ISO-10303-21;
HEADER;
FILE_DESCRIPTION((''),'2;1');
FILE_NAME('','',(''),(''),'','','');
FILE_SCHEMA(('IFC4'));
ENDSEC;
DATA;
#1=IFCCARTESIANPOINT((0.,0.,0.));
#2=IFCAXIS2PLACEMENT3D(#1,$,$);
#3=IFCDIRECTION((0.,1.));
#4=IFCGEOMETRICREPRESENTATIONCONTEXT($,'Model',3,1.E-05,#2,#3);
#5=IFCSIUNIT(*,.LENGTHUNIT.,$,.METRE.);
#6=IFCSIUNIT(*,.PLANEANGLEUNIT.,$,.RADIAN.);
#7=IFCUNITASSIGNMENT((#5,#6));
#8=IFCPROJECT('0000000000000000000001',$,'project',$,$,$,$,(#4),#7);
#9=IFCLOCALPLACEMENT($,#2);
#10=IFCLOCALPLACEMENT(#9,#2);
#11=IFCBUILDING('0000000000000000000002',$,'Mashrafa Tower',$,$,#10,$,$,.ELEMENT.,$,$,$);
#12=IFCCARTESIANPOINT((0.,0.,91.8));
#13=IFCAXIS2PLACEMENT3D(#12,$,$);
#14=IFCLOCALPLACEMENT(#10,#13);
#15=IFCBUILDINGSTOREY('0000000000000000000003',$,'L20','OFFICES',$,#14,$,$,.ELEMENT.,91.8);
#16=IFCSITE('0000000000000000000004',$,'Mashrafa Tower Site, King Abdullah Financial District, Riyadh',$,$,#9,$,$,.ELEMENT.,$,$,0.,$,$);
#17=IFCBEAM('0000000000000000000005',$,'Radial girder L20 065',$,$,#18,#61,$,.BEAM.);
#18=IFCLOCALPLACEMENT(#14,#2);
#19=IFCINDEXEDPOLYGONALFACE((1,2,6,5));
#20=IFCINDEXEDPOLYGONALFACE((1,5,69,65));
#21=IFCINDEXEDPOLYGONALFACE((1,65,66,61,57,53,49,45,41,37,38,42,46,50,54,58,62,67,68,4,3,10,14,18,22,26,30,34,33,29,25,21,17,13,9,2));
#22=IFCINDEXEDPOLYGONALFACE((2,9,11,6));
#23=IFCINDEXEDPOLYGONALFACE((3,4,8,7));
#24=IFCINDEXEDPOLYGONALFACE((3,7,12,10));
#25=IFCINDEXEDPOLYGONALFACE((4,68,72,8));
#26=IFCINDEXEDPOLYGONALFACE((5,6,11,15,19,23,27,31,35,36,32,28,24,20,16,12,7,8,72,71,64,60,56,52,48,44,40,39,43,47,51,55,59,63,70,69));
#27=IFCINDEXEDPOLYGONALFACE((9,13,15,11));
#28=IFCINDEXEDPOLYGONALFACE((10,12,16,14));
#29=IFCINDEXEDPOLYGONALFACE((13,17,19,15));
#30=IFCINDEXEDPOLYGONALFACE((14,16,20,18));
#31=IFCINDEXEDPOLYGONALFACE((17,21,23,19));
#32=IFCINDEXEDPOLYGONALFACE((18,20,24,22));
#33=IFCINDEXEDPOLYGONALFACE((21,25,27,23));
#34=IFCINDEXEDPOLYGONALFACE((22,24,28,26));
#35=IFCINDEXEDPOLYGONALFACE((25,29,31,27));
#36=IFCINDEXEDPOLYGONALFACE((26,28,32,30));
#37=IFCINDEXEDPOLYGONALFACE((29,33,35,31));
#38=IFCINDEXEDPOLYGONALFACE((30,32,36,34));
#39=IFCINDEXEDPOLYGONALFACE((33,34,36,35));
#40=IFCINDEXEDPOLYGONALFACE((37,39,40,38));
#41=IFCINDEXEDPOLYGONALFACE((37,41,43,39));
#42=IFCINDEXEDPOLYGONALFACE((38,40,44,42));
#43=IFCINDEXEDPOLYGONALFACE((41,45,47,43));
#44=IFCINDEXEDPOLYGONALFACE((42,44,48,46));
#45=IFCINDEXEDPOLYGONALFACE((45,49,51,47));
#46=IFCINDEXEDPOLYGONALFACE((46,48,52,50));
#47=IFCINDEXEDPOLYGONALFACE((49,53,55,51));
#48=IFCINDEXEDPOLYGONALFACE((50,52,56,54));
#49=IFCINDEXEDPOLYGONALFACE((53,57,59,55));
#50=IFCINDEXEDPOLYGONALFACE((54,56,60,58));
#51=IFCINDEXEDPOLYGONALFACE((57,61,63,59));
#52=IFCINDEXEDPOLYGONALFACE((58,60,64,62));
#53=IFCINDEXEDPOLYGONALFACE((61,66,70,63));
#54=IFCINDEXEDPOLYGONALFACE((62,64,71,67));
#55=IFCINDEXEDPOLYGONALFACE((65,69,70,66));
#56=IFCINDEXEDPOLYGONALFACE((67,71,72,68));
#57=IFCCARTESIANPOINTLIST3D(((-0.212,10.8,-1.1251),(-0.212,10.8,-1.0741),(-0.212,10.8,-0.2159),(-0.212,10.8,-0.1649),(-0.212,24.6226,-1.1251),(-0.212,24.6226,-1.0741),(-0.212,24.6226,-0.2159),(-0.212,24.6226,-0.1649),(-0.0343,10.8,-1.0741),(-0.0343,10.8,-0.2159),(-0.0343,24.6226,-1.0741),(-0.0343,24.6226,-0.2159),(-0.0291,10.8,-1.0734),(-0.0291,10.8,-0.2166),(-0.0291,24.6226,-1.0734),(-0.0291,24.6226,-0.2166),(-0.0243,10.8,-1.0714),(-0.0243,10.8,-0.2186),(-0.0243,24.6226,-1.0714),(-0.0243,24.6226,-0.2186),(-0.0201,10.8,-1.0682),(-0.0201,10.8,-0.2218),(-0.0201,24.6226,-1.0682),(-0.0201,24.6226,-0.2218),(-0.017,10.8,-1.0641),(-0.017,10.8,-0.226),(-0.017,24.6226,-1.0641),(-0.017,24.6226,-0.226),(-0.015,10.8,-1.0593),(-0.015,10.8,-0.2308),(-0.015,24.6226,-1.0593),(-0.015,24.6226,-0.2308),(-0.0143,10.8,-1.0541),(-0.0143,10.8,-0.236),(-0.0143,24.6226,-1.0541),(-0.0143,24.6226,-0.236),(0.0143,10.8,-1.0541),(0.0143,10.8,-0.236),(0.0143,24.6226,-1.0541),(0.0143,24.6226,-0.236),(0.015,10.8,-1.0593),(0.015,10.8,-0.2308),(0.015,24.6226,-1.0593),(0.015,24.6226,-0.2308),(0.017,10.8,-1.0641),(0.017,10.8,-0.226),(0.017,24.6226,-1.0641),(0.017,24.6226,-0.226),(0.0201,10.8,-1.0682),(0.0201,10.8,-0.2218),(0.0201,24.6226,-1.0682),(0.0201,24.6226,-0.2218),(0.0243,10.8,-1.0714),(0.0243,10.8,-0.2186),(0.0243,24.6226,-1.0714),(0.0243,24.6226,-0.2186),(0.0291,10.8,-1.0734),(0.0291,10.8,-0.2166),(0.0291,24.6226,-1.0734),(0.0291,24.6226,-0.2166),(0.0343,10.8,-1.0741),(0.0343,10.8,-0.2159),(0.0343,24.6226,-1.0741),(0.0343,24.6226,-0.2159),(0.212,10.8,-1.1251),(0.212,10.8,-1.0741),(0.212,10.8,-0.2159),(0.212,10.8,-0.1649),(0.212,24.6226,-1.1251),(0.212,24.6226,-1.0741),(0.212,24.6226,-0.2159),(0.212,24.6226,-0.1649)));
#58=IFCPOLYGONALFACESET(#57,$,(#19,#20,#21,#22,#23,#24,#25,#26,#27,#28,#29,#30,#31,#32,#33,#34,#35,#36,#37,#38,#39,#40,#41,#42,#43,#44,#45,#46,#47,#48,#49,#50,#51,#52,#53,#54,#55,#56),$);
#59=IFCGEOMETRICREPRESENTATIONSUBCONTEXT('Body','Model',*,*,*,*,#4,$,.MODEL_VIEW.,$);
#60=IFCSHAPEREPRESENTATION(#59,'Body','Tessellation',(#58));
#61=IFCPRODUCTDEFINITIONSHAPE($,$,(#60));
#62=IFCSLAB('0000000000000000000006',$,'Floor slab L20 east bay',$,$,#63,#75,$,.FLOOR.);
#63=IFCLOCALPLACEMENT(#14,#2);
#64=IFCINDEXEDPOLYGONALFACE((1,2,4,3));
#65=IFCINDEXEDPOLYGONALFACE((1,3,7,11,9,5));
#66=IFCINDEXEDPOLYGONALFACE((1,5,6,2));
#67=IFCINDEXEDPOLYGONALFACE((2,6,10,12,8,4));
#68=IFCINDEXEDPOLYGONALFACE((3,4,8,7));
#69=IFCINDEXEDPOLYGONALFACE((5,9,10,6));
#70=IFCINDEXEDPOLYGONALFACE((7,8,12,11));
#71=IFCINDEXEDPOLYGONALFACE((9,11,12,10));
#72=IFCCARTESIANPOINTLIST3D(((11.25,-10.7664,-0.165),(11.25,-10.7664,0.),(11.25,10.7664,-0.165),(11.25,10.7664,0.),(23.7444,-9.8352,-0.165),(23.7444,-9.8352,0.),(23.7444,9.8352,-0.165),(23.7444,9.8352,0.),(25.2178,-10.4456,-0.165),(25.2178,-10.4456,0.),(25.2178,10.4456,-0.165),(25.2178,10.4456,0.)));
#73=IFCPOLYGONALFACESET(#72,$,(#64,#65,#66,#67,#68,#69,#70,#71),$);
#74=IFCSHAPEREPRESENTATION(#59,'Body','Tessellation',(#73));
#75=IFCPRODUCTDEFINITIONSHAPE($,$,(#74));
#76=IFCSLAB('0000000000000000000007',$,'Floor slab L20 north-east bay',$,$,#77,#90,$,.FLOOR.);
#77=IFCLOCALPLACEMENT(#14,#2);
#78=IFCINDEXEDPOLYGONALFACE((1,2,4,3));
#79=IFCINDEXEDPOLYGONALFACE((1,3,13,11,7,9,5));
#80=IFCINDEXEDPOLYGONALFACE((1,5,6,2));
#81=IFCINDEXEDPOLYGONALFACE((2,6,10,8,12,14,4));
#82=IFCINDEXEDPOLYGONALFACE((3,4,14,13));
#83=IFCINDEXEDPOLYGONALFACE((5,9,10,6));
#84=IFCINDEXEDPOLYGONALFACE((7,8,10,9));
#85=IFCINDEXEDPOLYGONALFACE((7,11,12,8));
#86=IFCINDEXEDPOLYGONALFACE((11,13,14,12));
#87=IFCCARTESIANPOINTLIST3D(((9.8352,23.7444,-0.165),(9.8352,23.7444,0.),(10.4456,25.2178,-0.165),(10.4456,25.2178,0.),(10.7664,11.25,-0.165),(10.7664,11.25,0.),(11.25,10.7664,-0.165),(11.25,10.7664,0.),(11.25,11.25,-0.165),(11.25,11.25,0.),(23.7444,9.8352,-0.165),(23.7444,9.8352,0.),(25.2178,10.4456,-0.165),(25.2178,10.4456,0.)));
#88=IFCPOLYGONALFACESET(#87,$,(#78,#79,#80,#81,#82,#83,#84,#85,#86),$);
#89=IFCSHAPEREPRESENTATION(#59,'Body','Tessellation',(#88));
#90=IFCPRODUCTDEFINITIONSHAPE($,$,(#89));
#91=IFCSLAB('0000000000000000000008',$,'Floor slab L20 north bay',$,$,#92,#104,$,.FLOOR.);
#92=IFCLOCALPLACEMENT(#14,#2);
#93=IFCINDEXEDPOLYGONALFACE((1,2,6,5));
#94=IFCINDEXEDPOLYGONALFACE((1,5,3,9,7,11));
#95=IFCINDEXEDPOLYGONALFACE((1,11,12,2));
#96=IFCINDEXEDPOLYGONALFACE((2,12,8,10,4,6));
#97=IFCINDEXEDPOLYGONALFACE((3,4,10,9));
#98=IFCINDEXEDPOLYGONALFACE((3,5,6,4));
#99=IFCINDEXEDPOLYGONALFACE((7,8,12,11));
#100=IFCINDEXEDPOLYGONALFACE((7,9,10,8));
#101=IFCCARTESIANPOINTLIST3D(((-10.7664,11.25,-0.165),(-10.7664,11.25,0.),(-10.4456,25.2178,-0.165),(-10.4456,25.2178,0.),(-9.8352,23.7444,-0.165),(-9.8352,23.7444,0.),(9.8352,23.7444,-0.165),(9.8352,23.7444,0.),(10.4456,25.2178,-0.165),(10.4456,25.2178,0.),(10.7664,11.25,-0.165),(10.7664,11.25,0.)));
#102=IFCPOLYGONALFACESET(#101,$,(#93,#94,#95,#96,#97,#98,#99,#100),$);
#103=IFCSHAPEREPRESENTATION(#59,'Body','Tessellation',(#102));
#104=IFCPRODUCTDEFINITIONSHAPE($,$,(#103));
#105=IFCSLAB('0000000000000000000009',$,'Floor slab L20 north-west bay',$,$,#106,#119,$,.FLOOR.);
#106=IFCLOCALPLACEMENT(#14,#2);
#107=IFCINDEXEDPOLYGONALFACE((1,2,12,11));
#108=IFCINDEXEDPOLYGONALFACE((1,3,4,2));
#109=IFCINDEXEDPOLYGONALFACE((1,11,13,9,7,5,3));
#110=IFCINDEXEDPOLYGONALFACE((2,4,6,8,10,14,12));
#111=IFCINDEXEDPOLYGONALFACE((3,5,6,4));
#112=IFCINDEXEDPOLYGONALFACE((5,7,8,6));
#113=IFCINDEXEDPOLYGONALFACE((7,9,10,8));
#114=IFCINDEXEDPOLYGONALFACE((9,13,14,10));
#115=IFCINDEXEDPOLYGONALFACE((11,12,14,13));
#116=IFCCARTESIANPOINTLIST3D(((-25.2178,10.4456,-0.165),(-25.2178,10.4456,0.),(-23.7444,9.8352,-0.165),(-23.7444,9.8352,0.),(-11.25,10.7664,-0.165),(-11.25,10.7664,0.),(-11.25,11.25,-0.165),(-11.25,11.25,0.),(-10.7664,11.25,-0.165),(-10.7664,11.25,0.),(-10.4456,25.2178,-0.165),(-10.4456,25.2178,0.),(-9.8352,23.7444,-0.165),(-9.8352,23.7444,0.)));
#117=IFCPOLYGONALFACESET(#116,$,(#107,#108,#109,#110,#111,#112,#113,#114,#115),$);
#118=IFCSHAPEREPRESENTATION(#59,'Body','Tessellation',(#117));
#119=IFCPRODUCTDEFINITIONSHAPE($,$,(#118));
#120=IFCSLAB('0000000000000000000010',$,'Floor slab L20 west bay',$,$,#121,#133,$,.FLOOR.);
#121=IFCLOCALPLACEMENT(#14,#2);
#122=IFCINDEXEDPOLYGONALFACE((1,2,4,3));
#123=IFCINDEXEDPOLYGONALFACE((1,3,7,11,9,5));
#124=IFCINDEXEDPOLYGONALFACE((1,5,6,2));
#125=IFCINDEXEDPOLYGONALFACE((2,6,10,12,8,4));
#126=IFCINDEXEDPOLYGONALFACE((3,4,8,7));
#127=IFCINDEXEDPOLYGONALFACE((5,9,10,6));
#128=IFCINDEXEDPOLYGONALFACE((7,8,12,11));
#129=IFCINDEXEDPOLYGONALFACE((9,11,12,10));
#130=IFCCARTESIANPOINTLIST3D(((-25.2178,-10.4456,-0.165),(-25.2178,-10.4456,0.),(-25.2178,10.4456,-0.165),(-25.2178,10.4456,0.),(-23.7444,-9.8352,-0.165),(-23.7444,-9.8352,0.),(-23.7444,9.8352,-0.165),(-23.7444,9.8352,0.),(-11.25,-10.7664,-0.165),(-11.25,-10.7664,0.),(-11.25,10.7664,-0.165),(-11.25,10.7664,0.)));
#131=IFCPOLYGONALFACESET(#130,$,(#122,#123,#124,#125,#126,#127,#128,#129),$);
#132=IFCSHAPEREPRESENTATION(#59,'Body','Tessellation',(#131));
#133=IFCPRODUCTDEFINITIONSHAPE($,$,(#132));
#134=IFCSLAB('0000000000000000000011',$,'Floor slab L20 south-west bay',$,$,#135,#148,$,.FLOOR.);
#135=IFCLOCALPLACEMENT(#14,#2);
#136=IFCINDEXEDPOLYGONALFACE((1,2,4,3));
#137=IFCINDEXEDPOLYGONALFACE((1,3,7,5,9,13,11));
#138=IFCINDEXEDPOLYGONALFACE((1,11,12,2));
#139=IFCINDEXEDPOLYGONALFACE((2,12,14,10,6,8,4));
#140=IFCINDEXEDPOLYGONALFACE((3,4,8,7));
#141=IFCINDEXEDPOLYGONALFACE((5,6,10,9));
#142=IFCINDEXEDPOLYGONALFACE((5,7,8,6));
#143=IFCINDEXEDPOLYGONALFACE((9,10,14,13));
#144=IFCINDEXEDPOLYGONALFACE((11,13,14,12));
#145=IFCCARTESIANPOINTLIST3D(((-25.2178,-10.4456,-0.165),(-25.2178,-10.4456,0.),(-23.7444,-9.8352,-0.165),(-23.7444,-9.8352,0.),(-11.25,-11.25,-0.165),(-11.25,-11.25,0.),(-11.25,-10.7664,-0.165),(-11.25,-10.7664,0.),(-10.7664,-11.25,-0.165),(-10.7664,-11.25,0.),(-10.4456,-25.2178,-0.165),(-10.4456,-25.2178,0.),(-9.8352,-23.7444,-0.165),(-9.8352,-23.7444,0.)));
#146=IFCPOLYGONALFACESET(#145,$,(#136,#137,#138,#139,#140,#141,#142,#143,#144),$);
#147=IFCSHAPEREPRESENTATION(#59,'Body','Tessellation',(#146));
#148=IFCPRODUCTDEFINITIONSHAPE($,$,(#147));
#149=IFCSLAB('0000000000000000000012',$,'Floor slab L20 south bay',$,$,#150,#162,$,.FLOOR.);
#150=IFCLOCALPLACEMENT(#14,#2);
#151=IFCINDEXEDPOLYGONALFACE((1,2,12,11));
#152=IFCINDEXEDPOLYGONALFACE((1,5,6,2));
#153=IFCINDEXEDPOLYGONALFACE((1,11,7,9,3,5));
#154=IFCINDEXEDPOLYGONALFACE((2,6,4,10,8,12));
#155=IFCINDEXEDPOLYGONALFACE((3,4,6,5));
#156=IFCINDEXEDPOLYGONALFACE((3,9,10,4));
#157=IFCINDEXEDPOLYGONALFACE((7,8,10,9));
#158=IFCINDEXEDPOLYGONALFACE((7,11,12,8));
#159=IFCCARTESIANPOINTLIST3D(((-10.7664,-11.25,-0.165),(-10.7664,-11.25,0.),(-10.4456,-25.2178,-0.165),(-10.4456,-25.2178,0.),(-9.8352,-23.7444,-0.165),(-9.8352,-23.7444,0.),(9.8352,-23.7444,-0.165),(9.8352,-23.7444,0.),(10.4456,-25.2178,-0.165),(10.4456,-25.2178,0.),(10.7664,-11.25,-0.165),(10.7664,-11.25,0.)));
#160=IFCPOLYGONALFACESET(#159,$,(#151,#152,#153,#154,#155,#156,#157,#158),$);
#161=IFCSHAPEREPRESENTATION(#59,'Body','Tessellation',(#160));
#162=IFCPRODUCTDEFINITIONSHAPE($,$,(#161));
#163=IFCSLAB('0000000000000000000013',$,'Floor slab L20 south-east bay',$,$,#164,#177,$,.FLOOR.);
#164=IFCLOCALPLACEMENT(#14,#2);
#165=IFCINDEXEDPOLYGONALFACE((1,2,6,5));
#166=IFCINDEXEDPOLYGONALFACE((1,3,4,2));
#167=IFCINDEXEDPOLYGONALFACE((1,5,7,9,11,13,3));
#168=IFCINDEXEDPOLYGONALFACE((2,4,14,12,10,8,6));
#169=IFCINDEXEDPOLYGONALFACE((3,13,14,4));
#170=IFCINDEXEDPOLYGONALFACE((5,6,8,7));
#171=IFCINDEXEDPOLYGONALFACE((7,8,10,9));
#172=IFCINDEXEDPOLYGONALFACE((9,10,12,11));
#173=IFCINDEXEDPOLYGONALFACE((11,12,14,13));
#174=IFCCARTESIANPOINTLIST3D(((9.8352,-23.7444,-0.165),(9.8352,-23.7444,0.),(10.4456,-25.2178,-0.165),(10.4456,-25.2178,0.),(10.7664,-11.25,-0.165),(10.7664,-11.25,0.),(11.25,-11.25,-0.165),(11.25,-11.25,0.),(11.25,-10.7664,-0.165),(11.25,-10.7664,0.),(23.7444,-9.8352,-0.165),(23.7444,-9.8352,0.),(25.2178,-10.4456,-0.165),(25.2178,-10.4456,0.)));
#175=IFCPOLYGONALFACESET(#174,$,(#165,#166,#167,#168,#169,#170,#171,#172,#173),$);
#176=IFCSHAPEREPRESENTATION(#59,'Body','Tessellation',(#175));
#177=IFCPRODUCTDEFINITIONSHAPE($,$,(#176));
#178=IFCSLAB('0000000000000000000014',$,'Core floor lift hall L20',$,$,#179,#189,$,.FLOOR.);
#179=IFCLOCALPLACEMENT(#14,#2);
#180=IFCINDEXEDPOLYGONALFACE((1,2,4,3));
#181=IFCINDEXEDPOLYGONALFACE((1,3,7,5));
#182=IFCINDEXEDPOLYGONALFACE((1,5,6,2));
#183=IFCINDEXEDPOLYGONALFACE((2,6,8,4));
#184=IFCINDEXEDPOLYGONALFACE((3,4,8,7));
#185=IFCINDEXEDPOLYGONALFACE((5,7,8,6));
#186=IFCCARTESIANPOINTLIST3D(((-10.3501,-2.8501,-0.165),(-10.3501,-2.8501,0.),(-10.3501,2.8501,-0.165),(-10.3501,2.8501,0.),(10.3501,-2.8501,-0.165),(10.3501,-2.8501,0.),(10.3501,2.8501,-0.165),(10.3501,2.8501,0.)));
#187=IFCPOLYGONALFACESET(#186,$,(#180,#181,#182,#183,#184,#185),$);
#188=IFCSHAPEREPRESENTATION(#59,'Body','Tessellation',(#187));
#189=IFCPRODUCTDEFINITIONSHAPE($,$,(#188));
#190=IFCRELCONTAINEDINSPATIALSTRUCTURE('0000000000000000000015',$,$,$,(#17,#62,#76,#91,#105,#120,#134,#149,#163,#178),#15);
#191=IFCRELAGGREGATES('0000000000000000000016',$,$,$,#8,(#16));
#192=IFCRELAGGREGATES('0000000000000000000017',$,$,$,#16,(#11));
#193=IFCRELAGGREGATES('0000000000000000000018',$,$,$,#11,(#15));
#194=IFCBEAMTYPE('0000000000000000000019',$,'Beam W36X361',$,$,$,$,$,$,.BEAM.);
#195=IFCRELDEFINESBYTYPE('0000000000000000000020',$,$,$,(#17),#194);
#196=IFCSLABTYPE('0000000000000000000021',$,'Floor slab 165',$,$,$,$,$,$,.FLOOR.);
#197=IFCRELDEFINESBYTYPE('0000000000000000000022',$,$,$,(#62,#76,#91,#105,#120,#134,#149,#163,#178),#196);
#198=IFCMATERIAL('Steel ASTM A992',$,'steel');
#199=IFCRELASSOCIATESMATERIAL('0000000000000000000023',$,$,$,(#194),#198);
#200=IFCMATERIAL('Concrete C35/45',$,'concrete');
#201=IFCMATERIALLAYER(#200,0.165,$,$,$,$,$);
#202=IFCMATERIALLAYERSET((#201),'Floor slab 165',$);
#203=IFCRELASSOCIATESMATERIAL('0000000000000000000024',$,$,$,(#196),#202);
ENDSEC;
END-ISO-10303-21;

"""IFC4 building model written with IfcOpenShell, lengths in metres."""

from ifc_helpers import new_model, si_unit, direction, frame, origin, origin_2d, place, context, subcontext, project, spatial, polyline, i_section, outline, extrude, material, layer, layer_set, material_profile, profile_set, type_object, element, save


model = new_model("IFC4")

# Units and contexts
model_context = context("Model", 3, precision=1e-05, world=origin(), true_north=direction((0.0, 1.0)))
body_context = subcontext(model_context, "Body", "Model", "MODEL_VIEW")
ifc_project = project(units=[si_unit("LENGTHUNIT", "METRE"), si_unit("PLANEANGLEUNIT", "RADIAN")], contexts=[model_context])

# Site, building, storey
site_placement = place(None, origin())
site = spatial("IfcSite", under=ifc_project, at=site_placement, Name="Mashrafa Tower Site, King Abdullah Financial District, Riyadh", CompositionType="ELEMENT", RefElevation=0.0)
building_placement = place(site_placement, origin())
building = spatial("IfcBuilding", under=site, at=building_placement, Name="Mashrafa Tower", CompositionType="ELEMENT")
storey_placement = place(building_placement, frame((0.0, 0.0, 91.8)))
storey = spatial("IfcBuildingStorey", under=building, at=storey_placement, Name="L20", Description="OFFICES", CompositionType="ELEMENT", Elevation=91.8)

# Beam
ifc_material_1 = material(Name="Steel ASTM A992", Category="steel")
ifc_material_profile = material_profile(ifc_material_1, i_section(OverallWidth=0.4241, OverallDepth=0.9602, WebThickness=0.0286, FlangeThickness=0.051, FilletRadius=0.02, at=origin_2d()), Name="W36X361")
ifc_profile_set = profile_set([ifc_material_profile], Name="Steel ASTM A992")
beam_type = type_object("IfcBeamType", Name="Beam W36X361", PredefinedType="BEAM", material=ifc_profile_set)
beam_placement = place(storey_placement, frame((0.0, 10.8, -0.645), z_axis=(0.0, 1.0, 0.0), x_axis=(-1.0, 0.0, 0.0)))
element("IfcBeam", 1, at=beam_placement, inside=storey, type_object=beam_type, Name="Radial girder L20 065", PredefinedType="BEAM", context=body_context, shape_type="SweptSolid", body=[
    extrude(i_section(OverallWidth=0.4241, OverallDepth=0.9602, WebThickness=0.0286, FlangeThickness=0.051, FilletRadius=0.02, at=origin_2d()), origin(), (0.0, 0.0, 1.0), 13.8225),
])

# Slabs
ifc_material_2 = material(Name="Concrete C35/45", Category="concrete")
ifc_layer_1 = layer(ifc_material_2, 0.165)
ifc_layer_set_1 = layer_set([ifc_layer_1], Name="Floor slab 165")
slab_type = type_object("IfcSlabType", Name="Floor slab 165", PredefinedType="FLOOR", material=ifc_layer_set_1)
slab_1_placement = place(storey_placement, frame((0.0, 0.0, -0.165)))
element("IfcSlab", 2, at=slab_1_placement, inside=storey, type_object=slab_type, Name="Floor slab L20 east bay", PredefinedType="FLOOR", context=body_context, shape_type="SweptSolid", body=[
    extrude(outline(polyline([(25.2178, -10.4456), (23.7444, -9.8352), (11.25, -10.7664), (11.25, 10.7664), (23.7444, 9.8352), (25.2178, 10.4456), (25.2178, -10.4456)])), origin(), (0.0, 0.0, 1.0), 0.165),
])
slab_2_placement = place(storey_placement, frame((0.0, 0.0, -0.165)))
element("IfcSlab", 3, at=slab_2_placement, inside=storey, type_object=slab_type, Name="Floor slab L20 north-east bay", PredefinedType="FLOOR", context=body_context, shape_type="SweptSolid", body=[
    extrude(outline(polyline([(10.4456, 25.2178), (25.2178, 10.4456), (25.2178, 10.4456), (23.7444, 9.8352), (11.25, 10.7664), (11.25, 11.25), (10.7664, 11.25), (9.8352, 23.7444), (10.4456, 25.2178), (10.4456, 25.2178)])), origin(), (0.0, 0.0, 1.0), 0.165),
])
slab_3_placement = place(storey_placement, frame((0.0, 0.0, -0.165)))
element("IfcSlab", 4, at=slab_3_placement, inside=storey, type_object=slab_type, Name="Floor slab L20 north bay", PredefinedType="FLOOR", context=body_context, shape_type="SweptSolid", body=[
    extrude(outline(polyline([(10.4456, 25.2178), (9.8352, 23.7444), (10.7664, 11.25), (-10.7664, 11.25), (-9.8352, 23.7444), (-10.4456, 25.2178), (10.4456, 25.2178)])), origin(), (0.0, 0.0, 1.0), 0.165),
])
slab_4_placement = place(storey_placement, frame((0.0, 0.0, -0.165)))
element("IfcSlab", 5, at=slab_4_placement, inside=storey, type_object=slab_type, Name="Floor slab L20 north-west bay", PredefinedType="FLOOR", context=body_context, shape_type="SweptSolid", body=[
    extrude(outline(polyline([(-25.2178, 10.4456), (-10.4456, 25.2178), (-10.4456, 25.2178), (-9.8352, 23.7444), (-10.7664, 11.25), (-11.25, 11.25), (-11.25, 10.7664), (-23.7444, 9.8352), (-25.2178, 10.4456), (-25.2178, 10.4456)])), origin(), (0.0, 0.0, 1.0), 0.165),
])
slab_5_placement = place(storey_placement, frame((0.0, 0.0, -0.165)))
element("IfcSlab", 6, at=slab_5_placement, inside=storey, type_object=slab_type, Name="Floor slab L20 west bay", PredefinedType="FLOOR", context=body_context, shape_type="SweptSolid", body=[
    extrude(outline(polyline([(-25.2178, 10.4456), (-23.7444, 9.8352), (-11.25, 10.7664), (-11.25, -10.7664), (-23.7444, -9.8352), (-25.2178, -10.4456), (-25.2178, 10.4456)])), origin(), (0.0, 0.0, 1.0), 0.165),
])
slab_6_placement = place(storey_placement, frame((0.0, 0.0, -0.165)))
element("IfcSlab", 7, at=slab_6_placement, inside=storey, type_object=slab_type, Name="Floor slab L20 south-west bay", PredefinedType="FLOOR", context=body_context, shape_type="SweptSolid", body=[
    extrude(outline(polyline([(-10.4456, -25.2178), (-25.2178, -10.4456), (-25.2178, -10.4456), (-23.7444, -9.8352), (-11.25, -10.7664), (-11.25, -11.25), (-10.7664, -11.25), (-9.8352, -23.7444), (-10.4456, -25.2178), (-10.4456, -25.2178)])), origin(), (0.0, 0.0, 1.0), 0.165),
])
slab_7_placement = place(storey_placement, frame((0.0, 0.0, -0.165)))
element("IfcSlab", 8, at=slab_7_placement, inside=storey, type_object=slab_type, Name="Floor slab L20 south bay", PredefinedType="FLOOR", context=body_context, shape_type="SweptSolid", body=[
    extrude(outline(polyline([(-10.4456, -25.2178), (-9.8352, -23.7444), (-10.7664, -11.25), (10.7664, -11.25), (9.8352, -23.7444), (10.4456, -25.2178), (-10.4456, -25.2178)])), origin(), (0.0, 0.0, 1.0), 0.165),
])
slab_8_placement = place(storey_placement, frame((0.0, 0.0, -0.165)))
element("IfcSlab", 9, at=slab_8_placement, inside=storey, type_object=slab_type, Name="Floor slab L20 south-east bay", PredefinedType="FLOOR", context=body_context, shape_type="SweptSolid", body=[
    extrude(outline(polyline([(10.4456, -25.2178), (9.8352, -23.7444), (10.7664, -11.25), (11.25, -11.25), (11.25, -10.7664), (23.7444, -9.8352), (25.2178, -10.4456), (25.2178, -10.4456), (10.4456, -25.2178), (10.4456, -25.2178)])), origin(), (0.0, 0.0, 1.0), 0.165),
])
slab_9_placement = place(storey_placement, frame((0.0, 0.0, -0.165)))
element("IfcSlab", 10, at=slab_9_placement, inside=storey, type_object=slab_type, Name="Core floor lift hall L20", PredefinedType="FLOOR", context=body_context, shape_type="SweptSolid", body=[
    extrude(outline(polyline([(-10.3501, 2.8501), (10.3501, 2.8501), (10.3501, -2.8501), (-10.3501, -2.8501), (-10.3501, 2.8501)])), origin(), (0.0, 0.0, 1.0), 0.165),
])

save(model, "model.ifc")
